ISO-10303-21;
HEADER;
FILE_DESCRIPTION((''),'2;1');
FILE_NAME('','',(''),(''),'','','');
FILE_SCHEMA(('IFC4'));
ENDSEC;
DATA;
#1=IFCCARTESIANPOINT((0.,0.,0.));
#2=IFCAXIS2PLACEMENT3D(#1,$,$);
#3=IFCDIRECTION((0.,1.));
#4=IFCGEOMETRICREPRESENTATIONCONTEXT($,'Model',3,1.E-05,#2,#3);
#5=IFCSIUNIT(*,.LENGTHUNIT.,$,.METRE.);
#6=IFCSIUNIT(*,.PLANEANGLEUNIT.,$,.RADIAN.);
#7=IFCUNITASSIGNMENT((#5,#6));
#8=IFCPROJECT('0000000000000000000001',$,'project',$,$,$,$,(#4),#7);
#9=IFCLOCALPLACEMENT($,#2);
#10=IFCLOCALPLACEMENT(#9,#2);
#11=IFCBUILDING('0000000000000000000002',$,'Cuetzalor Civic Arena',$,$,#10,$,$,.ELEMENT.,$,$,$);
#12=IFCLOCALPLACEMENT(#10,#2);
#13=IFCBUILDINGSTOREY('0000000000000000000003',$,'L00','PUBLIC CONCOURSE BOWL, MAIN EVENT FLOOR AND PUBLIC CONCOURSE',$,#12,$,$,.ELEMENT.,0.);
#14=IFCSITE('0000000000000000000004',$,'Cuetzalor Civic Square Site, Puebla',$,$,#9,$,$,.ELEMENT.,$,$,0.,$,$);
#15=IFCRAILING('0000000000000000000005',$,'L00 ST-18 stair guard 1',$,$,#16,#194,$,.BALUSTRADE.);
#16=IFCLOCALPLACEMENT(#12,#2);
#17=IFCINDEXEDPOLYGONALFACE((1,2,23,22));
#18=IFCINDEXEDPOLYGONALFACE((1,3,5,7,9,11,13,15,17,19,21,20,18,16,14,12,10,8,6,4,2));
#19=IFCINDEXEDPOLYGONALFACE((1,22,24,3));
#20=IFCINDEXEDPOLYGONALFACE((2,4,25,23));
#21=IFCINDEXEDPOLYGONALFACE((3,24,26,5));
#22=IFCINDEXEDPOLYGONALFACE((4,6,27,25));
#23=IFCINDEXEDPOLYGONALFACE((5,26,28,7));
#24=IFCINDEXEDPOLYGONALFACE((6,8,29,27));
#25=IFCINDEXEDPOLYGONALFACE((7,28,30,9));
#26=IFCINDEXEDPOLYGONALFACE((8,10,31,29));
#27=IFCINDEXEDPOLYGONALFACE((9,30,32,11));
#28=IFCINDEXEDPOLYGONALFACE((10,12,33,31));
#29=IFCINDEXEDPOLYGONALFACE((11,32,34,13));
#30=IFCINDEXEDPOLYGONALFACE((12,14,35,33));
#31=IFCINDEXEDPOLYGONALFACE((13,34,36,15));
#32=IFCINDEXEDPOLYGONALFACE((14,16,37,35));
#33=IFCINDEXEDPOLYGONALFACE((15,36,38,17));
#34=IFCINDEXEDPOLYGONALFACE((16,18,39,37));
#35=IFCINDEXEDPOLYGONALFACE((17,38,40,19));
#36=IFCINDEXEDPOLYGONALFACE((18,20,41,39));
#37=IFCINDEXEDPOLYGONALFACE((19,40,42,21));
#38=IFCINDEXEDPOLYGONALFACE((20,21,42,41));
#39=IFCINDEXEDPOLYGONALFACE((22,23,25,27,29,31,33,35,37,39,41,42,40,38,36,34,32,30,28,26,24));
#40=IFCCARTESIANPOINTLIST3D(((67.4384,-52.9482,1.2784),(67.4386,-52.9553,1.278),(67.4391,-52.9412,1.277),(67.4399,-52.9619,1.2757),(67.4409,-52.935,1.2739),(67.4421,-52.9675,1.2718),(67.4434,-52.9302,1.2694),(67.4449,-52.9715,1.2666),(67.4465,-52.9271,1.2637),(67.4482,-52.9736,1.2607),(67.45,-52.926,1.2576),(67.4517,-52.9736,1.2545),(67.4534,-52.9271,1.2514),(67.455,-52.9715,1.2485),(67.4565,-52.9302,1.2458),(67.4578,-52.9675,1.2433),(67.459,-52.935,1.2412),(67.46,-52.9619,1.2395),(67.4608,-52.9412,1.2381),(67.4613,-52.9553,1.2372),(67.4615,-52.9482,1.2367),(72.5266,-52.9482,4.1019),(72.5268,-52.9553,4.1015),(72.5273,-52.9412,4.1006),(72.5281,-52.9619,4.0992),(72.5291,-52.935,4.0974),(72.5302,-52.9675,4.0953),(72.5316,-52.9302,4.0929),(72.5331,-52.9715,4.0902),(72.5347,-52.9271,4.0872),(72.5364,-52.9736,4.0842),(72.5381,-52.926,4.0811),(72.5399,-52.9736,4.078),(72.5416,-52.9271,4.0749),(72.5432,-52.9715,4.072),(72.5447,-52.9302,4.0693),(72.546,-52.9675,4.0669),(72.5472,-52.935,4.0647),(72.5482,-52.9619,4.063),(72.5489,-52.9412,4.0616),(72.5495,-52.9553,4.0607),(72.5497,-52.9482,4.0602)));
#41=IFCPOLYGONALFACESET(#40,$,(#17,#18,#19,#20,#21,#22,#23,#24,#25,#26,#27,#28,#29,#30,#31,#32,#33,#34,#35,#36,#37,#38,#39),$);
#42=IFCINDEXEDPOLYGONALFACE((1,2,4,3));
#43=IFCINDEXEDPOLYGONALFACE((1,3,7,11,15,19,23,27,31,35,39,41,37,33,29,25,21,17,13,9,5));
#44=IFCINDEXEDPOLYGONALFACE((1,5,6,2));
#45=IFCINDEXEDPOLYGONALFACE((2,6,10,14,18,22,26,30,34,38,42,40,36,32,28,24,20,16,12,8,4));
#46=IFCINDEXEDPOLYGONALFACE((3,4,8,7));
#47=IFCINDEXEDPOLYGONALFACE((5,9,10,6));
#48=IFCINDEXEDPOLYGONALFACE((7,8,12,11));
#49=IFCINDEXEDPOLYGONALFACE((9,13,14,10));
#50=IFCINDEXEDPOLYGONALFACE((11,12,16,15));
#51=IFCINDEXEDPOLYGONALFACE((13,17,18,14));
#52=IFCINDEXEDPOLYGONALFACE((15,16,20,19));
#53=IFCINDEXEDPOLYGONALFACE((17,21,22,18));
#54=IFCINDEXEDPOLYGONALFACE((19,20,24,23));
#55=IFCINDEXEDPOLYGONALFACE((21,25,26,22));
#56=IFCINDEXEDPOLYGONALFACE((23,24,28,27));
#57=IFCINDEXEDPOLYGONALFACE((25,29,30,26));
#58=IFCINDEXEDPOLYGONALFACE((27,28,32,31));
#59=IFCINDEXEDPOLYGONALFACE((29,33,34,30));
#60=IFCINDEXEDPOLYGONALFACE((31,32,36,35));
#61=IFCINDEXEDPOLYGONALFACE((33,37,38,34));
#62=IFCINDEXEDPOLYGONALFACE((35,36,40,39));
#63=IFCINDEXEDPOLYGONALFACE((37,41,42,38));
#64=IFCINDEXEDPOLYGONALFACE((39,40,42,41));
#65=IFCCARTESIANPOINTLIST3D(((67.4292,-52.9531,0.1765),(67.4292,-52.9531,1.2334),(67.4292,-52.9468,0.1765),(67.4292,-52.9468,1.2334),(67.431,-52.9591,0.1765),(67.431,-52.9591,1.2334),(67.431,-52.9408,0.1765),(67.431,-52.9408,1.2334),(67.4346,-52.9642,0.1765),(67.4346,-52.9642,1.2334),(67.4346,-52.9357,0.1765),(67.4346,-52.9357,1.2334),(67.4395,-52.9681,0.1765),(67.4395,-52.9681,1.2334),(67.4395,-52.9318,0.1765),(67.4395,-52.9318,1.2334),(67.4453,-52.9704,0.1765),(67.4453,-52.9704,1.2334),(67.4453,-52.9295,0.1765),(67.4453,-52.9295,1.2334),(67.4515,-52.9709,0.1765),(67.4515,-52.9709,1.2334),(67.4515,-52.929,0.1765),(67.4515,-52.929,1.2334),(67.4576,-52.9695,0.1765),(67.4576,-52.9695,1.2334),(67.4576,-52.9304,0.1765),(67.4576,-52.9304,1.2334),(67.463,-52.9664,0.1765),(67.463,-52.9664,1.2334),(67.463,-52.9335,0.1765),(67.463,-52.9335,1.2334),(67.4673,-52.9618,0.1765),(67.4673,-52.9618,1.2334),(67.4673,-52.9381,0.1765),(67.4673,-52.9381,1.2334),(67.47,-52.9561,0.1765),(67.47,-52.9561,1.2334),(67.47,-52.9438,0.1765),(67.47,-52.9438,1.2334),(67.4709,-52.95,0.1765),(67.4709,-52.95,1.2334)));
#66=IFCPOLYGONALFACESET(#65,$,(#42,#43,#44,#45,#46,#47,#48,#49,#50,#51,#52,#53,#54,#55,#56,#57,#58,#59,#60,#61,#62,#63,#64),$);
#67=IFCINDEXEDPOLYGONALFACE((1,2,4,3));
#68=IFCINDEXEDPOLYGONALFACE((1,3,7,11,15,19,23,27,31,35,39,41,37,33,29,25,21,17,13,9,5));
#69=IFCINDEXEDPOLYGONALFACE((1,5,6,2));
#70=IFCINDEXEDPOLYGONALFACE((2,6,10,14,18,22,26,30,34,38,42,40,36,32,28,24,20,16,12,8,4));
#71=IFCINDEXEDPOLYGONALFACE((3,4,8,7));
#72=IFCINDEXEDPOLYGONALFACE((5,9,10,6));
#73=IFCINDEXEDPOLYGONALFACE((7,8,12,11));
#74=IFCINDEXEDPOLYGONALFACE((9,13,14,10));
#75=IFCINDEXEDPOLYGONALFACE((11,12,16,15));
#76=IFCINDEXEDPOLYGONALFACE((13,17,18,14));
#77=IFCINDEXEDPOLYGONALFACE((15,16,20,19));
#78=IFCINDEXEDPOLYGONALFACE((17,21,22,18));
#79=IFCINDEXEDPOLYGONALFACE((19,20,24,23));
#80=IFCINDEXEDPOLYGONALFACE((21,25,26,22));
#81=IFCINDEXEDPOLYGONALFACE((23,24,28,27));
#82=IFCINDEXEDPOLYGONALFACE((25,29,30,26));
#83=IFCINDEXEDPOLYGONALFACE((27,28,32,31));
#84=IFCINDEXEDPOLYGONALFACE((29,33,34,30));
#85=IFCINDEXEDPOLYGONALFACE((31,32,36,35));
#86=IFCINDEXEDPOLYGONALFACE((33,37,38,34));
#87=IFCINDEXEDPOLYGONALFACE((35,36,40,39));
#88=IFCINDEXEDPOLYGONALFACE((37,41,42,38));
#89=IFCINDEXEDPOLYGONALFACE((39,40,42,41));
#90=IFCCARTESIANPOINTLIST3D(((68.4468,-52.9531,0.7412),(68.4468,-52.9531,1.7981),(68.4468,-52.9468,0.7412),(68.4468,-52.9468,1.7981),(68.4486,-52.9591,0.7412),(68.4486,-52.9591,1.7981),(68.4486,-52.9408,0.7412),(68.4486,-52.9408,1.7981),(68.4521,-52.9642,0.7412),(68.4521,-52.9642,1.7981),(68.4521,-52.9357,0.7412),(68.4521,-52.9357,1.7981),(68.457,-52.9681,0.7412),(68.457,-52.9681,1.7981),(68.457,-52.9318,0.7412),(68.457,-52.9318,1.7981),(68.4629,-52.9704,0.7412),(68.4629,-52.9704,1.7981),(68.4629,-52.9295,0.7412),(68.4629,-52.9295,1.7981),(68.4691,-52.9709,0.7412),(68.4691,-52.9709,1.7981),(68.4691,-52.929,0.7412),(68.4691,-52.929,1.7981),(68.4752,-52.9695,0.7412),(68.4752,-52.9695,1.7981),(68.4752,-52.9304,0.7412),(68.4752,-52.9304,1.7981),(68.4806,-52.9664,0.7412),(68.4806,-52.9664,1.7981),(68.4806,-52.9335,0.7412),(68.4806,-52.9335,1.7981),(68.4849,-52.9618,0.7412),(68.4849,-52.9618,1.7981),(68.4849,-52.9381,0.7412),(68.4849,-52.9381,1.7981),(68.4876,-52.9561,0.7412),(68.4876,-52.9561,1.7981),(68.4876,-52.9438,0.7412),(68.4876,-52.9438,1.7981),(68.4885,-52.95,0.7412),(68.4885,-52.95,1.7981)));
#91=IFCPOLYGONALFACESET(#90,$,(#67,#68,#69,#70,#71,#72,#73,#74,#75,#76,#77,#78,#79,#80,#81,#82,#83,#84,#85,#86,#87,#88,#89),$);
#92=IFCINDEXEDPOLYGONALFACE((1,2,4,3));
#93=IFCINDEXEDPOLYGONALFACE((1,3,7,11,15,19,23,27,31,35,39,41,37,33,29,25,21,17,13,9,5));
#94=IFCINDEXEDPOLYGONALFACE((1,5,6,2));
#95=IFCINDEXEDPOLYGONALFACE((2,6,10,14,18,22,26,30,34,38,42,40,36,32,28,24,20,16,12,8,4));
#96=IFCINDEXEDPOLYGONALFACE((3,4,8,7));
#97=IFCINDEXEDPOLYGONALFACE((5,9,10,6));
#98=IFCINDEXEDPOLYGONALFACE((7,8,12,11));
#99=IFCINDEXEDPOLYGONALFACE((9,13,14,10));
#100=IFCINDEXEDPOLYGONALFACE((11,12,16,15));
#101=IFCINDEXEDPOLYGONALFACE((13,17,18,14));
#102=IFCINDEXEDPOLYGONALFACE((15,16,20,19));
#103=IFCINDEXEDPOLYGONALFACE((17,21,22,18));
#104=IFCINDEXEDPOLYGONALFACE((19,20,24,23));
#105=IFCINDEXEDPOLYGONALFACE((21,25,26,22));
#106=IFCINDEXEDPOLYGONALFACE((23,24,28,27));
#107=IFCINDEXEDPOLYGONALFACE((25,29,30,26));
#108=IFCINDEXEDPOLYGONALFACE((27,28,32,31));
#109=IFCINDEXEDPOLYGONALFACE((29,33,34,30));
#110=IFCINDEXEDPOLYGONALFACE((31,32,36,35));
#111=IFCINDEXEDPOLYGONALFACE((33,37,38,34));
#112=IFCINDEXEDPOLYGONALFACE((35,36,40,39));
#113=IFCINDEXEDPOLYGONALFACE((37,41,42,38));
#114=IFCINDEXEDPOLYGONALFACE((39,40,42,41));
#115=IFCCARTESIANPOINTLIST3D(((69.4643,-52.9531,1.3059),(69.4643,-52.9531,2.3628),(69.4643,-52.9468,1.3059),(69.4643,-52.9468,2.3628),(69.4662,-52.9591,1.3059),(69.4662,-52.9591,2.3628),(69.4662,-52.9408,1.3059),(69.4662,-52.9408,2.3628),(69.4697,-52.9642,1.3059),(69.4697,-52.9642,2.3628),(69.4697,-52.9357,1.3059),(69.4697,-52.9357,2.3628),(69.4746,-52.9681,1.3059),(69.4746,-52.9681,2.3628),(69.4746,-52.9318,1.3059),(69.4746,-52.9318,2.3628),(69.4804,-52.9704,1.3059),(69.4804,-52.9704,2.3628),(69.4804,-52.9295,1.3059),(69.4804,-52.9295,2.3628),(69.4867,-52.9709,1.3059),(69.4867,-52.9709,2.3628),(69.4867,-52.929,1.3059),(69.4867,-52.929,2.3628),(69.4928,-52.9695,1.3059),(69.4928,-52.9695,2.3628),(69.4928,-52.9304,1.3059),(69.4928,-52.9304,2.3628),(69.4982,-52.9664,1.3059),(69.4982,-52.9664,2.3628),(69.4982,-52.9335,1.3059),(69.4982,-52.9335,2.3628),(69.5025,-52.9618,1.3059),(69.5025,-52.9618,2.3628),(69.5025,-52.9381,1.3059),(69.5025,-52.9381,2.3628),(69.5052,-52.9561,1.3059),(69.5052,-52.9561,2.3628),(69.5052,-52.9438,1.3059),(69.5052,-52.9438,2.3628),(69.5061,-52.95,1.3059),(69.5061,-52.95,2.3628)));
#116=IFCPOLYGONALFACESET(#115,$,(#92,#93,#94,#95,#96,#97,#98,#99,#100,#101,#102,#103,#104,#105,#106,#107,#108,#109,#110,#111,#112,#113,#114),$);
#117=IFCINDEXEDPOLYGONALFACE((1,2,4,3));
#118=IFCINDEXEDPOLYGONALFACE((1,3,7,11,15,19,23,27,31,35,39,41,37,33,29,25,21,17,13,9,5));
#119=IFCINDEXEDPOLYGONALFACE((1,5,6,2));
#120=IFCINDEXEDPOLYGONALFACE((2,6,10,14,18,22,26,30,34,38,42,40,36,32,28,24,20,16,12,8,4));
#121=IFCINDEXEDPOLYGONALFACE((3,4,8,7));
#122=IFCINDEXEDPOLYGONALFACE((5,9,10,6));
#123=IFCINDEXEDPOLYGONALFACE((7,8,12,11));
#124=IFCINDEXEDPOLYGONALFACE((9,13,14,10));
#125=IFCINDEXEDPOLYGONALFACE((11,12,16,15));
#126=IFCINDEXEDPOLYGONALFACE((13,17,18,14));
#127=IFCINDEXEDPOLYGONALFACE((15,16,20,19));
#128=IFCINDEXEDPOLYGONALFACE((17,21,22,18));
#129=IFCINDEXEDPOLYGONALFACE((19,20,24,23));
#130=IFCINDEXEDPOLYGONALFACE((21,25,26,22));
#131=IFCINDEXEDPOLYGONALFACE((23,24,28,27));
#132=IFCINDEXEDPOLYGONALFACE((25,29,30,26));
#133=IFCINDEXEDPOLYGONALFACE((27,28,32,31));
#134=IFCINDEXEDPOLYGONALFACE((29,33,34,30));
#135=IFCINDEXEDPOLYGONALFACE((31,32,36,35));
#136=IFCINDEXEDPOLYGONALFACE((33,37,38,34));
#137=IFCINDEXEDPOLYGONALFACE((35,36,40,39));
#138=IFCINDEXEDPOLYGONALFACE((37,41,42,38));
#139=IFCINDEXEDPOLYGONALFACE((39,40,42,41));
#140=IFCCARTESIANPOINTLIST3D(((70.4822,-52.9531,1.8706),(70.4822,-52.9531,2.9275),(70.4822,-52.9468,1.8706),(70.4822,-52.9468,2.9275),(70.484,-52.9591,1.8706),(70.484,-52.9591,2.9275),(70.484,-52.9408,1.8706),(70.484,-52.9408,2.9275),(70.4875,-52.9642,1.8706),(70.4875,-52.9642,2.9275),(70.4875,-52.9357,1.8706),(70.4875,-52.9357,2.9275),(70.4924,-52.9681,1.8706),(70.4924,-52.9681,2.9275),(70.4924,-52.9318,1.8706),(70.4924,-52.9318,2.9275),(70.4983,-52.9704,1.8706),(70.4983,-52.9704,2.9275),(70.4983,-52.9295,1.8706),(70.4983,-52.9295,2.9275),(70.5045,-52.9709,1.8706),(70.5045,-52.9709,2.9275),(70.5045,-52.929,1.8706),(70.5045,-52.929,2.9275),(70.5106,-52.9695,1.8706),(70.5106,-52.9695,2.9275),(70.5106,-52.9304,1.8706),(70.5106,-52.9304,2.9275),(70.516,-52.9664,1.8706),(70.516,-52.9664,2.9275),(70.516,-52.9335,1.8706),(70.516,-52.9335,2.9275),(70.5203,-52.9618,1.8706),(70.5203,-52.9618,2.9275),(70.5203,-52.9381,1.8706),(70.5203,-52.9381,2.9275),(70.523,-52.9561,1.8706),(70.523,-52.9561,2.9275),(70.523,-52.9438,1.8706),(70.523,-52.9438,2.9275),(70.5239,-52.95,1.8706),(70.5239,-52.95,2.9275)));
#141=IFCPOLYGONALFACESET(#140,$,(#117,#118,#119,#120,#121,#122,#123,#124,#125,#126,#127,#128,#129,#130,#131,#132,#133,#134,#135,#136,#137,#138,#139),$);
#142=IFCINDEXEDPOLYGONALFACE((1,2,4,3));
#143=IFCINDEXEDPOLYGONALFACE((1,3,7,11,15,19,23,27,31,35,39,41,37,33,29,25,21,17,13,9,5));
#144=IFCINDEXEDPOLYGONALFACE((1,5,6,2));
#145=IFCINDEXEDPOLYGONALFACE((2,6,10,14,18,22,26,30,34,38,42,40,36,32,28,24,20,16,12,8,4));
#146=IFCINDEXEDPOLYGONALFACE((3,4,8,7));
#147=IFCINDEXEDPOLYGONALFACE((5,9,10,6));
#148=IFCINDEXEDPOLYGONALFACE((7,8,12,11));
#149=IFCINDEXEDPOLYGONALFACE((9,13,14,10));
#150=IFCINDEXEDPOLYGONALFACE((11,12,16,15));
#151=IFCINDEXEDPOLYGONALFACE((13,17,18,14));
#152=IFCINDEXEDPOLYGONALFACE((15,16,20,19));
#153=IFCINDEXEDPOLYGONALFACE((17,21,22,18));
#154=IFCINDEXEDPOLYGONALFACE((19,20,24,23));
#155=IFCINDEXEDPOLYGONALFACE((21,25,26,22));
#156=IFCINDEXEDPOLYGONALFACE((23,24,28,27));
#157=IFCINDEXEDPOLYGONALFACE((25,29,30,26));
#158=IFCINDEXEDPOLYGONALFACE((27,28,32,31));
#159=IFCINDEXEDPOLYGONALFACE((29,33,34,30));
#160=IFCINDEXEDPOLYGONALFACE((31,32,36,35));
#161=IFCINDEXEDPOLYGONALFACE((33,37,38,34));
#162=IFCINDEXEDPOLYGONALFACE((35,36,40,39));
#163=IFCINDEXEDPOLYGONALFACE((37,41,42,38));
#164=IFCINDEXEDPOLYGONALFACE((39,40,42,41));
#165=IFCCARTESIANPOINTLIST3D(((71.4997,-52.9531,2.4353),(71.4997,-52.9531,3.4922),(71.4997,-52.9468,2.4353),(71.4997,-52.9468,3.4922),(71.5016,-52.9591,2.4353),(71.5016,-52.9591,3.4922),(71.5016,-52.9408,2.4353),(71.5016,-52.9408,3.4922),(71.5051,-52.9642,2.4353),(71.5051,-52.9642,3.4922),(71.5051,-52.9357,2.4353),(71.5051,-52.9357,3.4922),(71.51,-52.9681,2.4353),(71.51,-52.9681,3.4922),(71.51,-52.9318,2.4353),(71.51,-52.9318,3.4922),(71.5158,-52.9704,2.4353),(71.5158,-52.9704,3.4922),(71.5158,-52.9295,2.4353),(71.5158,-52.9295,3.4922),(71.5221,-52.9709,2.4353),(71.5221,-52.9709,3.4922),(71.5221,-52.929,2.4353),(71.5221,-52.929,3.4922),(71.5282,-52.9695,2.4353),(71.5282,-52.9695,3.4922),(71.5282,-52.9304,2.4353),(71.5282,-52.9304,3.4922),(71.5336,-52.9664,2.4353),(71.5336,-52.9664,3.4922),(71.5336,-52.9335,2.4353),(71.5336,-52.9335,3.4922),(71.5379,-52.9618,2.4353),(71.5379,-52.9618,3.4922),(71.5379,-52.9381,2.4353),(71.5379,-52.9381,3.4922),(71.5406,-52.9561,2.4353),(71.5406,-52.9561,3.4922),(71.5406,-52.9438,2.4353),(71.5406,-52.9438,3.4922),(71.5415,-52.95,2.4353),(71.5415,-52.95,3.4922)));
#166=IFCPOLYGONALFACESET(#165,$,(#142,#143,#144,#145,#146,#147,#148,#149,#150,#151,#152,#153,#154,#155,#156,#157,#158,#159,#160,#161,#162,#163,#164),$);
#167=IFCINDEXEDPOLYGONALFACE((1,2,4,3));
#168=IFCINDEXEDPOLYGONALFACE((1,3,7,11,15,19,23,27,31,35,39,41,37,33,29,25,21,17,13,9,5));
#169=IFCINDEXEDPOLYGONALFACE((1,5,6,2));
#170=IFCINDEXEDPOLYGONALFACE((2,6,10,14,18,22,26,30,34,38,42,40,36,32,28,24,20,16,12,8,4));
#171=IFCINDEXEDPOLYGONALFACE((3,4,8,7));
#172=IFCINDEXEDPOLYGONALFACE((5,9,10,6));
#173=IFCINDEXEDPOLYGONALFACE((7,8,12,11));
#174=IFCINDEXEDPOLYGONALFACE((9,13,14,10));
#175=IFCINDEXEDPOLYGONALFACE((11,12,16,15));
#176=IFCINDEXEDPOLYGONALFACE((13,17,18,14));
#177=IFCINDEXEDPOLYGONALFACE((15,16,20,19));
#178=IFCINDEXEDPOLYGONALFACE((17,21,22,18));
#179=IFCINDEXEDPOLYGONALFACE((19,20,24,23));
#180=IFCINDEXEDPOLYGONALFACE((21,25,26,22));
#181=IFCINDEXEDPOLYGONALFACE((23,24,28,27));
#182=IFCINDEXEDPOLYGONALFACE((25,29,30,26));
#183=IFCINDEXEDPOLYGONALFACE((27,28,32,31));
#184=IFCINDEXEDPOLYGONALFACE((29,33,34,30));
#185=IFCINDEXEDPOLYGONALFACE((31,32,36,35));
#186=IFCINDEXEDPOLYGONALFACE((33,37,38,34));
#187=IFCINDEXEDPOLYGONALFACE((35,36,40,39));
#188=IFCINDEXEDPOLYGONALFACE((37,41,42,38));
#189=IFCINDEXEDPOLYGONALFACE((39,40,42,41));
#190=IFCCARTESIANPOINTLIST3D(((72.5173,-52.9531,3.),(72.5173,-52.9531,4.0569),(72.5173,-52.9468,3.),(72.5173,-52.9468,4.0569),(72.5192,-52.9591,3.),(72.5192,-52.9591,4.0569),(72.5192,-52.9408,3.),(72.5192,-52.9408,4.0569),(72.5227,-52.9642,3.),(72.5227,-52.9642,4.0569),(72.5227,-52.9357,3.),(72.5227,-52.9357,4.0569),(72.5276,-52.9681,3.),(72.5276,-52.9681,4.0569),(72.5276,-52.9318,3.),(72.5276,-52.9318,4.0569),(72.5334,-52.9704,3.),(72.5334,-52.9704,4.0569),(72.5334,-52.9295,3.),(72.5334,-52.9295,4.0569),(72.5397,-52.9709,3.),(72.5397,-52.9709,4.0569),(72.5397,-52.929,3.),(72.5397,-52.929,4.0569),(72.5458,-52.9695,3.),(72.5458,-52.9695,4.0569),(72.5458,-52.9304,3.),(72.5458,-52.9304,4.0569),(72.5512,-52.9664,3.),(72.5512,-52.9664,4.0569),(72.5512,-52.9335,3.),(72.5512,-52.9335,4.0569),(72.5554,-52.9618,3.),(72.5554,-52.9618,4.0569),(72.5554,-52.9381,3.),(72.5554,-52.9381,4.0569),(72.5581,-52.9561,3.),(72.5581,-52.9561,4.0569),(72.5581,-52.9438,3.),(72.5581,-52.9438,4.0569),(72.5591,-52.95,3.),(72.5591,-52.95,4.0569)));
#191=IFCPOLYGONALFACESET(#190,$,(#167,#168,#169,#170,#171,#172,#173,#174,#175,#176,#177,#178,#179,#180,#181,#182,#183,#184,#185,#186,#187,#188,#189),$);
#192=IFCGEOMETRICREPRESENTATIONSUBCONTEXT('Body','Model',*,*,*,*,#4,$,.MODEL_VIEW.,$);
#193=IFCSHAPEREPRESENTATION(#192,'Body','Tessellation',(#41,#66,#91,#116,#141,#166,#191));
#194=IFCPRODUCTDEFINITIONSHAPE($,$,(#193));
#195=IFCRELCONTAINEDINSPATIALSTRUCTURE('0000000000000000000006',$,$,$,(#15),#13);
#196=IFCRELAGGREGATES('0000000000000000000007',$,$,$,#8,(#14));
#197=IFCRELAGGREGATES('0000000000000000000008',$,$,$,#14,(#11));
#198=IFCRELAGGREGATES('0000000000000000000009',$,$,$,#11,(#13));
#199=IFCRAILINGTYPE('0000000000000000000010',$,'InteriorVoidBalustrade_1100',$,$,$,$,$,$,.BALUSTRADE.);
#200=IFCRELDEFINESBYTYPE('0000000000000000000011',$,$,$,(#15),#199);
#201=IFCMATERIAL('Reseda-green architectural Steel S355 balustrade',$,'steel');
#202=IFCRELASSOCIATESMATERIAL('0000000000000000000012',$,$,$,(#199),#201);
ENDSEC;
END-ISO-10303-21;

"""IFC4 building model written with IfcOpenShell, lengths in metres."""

from ifc_helpers import new_model, si_unit, direction, frame, origin, origin_2d, place, context, subcontext, project, spatial, circle, extrude, material, type_object, element, save


model = new_model("IFC4")

# Units and contexts
model_context = context("Model", 3, precision=1e-05, world=origin(), true_north=direction((0.0, 1.0)))
body_context = subcontext(model_context, "Body", "Model", "MODEL_VIEW")
ifc_project = project(units=[si_unit("LENGTHUNIT", "METRE"), si_unit("PLANEANGLEUNIT", "RADIAN")], contexts=[model_context])

# Site, building, storey
site_placement = place(None, origin())
site = spatial("IfcSite", under=ifc_project, at=site_placement, Name="Cuetzalor Civic Square Site, Puebla", CompositionType="ELEMENT", RefElevation=0.0)
building_placement = place(site_placement, origin())
building = spatial("IfcBuilding", under=site, at=building_placement, Name="Cuetzalor Civic Arena", CompositionType="ELEMENT")
storey_placement = place(building_placement, origin())
storey = spatial("IfcBuildingStorey", under=building, at=storey_placement, Name="L00", Description="PUBLIC CONCOURSE BOWL, MAIN EVENT FLOOR AND PUBLIC CONCOURSE", CompositionType="ELEMENT", Elevation=0.0)

# Railing
ifc_material_1 = material(Name="Reseda-green architectural Steel S355 balustrade", Category="steel")
railing_type_1 = type_object("IfcRailingType", Name="InteriorVoidBalustrade_1100", PredefinedType="BALUSTRADE", material=ifc_material_1)
railing_1_placement = place(storey_placement, frame((67.45, -52.95, 0.1765)))
element("IfcRailing", 1, at=railing_1_placement, inside=storey, type_object=railing_type_1, Name="L00 ST-18 stair guard 1", PredefinedType="BALUSTRADE", context=body_context, shape_type="SweptSolid", body=[
    extrude(circle(Radius=0.0239, at=origin_2d()), frame((0.0, 0.0, 1.0811), z_axis=(0.874395, 0.0, 0.485215), x_axis=(0.0, 1.0, 0.0)), (0.0, 0.0, 1.0), 5.8191),
    extrude(circle(Radius=0.021, at=origin_2d()), origin(), (0.0, 0.0, 1.0), 1.0569),
    extrude(circle(Radius=0.021, at=origin_2d()), frame((1.0176, 0.0, 0.5647)), (0.0, 0.0, 1.0), 1.0569),
    extrude(circle(Radius=0.021, at=origin_2d()), frame((2.0352, 0.0, 1.1294)), (0.0, 0.0, 1.0), 1.0569),
    extrude(circle(Radius=0.021, at=origin_2d()), frame((3.053, 0.0, 1.6941)), (0.0, 0.0, 1.0), 1.0569),
    extrude(circle(Radius=0.021, at=origin_2d()), frame((4.0706, 0.0, 2.2588)), (0.0, 0.0, 1.0), 1.0569),
    extrude(circle(Radius=0.021, at=origin_2d()), frame((5.0881, 0.0, 2.8235)), (0.0, 0.0, 1.0), 1.0569),
])

save(model, "model.ifc")
